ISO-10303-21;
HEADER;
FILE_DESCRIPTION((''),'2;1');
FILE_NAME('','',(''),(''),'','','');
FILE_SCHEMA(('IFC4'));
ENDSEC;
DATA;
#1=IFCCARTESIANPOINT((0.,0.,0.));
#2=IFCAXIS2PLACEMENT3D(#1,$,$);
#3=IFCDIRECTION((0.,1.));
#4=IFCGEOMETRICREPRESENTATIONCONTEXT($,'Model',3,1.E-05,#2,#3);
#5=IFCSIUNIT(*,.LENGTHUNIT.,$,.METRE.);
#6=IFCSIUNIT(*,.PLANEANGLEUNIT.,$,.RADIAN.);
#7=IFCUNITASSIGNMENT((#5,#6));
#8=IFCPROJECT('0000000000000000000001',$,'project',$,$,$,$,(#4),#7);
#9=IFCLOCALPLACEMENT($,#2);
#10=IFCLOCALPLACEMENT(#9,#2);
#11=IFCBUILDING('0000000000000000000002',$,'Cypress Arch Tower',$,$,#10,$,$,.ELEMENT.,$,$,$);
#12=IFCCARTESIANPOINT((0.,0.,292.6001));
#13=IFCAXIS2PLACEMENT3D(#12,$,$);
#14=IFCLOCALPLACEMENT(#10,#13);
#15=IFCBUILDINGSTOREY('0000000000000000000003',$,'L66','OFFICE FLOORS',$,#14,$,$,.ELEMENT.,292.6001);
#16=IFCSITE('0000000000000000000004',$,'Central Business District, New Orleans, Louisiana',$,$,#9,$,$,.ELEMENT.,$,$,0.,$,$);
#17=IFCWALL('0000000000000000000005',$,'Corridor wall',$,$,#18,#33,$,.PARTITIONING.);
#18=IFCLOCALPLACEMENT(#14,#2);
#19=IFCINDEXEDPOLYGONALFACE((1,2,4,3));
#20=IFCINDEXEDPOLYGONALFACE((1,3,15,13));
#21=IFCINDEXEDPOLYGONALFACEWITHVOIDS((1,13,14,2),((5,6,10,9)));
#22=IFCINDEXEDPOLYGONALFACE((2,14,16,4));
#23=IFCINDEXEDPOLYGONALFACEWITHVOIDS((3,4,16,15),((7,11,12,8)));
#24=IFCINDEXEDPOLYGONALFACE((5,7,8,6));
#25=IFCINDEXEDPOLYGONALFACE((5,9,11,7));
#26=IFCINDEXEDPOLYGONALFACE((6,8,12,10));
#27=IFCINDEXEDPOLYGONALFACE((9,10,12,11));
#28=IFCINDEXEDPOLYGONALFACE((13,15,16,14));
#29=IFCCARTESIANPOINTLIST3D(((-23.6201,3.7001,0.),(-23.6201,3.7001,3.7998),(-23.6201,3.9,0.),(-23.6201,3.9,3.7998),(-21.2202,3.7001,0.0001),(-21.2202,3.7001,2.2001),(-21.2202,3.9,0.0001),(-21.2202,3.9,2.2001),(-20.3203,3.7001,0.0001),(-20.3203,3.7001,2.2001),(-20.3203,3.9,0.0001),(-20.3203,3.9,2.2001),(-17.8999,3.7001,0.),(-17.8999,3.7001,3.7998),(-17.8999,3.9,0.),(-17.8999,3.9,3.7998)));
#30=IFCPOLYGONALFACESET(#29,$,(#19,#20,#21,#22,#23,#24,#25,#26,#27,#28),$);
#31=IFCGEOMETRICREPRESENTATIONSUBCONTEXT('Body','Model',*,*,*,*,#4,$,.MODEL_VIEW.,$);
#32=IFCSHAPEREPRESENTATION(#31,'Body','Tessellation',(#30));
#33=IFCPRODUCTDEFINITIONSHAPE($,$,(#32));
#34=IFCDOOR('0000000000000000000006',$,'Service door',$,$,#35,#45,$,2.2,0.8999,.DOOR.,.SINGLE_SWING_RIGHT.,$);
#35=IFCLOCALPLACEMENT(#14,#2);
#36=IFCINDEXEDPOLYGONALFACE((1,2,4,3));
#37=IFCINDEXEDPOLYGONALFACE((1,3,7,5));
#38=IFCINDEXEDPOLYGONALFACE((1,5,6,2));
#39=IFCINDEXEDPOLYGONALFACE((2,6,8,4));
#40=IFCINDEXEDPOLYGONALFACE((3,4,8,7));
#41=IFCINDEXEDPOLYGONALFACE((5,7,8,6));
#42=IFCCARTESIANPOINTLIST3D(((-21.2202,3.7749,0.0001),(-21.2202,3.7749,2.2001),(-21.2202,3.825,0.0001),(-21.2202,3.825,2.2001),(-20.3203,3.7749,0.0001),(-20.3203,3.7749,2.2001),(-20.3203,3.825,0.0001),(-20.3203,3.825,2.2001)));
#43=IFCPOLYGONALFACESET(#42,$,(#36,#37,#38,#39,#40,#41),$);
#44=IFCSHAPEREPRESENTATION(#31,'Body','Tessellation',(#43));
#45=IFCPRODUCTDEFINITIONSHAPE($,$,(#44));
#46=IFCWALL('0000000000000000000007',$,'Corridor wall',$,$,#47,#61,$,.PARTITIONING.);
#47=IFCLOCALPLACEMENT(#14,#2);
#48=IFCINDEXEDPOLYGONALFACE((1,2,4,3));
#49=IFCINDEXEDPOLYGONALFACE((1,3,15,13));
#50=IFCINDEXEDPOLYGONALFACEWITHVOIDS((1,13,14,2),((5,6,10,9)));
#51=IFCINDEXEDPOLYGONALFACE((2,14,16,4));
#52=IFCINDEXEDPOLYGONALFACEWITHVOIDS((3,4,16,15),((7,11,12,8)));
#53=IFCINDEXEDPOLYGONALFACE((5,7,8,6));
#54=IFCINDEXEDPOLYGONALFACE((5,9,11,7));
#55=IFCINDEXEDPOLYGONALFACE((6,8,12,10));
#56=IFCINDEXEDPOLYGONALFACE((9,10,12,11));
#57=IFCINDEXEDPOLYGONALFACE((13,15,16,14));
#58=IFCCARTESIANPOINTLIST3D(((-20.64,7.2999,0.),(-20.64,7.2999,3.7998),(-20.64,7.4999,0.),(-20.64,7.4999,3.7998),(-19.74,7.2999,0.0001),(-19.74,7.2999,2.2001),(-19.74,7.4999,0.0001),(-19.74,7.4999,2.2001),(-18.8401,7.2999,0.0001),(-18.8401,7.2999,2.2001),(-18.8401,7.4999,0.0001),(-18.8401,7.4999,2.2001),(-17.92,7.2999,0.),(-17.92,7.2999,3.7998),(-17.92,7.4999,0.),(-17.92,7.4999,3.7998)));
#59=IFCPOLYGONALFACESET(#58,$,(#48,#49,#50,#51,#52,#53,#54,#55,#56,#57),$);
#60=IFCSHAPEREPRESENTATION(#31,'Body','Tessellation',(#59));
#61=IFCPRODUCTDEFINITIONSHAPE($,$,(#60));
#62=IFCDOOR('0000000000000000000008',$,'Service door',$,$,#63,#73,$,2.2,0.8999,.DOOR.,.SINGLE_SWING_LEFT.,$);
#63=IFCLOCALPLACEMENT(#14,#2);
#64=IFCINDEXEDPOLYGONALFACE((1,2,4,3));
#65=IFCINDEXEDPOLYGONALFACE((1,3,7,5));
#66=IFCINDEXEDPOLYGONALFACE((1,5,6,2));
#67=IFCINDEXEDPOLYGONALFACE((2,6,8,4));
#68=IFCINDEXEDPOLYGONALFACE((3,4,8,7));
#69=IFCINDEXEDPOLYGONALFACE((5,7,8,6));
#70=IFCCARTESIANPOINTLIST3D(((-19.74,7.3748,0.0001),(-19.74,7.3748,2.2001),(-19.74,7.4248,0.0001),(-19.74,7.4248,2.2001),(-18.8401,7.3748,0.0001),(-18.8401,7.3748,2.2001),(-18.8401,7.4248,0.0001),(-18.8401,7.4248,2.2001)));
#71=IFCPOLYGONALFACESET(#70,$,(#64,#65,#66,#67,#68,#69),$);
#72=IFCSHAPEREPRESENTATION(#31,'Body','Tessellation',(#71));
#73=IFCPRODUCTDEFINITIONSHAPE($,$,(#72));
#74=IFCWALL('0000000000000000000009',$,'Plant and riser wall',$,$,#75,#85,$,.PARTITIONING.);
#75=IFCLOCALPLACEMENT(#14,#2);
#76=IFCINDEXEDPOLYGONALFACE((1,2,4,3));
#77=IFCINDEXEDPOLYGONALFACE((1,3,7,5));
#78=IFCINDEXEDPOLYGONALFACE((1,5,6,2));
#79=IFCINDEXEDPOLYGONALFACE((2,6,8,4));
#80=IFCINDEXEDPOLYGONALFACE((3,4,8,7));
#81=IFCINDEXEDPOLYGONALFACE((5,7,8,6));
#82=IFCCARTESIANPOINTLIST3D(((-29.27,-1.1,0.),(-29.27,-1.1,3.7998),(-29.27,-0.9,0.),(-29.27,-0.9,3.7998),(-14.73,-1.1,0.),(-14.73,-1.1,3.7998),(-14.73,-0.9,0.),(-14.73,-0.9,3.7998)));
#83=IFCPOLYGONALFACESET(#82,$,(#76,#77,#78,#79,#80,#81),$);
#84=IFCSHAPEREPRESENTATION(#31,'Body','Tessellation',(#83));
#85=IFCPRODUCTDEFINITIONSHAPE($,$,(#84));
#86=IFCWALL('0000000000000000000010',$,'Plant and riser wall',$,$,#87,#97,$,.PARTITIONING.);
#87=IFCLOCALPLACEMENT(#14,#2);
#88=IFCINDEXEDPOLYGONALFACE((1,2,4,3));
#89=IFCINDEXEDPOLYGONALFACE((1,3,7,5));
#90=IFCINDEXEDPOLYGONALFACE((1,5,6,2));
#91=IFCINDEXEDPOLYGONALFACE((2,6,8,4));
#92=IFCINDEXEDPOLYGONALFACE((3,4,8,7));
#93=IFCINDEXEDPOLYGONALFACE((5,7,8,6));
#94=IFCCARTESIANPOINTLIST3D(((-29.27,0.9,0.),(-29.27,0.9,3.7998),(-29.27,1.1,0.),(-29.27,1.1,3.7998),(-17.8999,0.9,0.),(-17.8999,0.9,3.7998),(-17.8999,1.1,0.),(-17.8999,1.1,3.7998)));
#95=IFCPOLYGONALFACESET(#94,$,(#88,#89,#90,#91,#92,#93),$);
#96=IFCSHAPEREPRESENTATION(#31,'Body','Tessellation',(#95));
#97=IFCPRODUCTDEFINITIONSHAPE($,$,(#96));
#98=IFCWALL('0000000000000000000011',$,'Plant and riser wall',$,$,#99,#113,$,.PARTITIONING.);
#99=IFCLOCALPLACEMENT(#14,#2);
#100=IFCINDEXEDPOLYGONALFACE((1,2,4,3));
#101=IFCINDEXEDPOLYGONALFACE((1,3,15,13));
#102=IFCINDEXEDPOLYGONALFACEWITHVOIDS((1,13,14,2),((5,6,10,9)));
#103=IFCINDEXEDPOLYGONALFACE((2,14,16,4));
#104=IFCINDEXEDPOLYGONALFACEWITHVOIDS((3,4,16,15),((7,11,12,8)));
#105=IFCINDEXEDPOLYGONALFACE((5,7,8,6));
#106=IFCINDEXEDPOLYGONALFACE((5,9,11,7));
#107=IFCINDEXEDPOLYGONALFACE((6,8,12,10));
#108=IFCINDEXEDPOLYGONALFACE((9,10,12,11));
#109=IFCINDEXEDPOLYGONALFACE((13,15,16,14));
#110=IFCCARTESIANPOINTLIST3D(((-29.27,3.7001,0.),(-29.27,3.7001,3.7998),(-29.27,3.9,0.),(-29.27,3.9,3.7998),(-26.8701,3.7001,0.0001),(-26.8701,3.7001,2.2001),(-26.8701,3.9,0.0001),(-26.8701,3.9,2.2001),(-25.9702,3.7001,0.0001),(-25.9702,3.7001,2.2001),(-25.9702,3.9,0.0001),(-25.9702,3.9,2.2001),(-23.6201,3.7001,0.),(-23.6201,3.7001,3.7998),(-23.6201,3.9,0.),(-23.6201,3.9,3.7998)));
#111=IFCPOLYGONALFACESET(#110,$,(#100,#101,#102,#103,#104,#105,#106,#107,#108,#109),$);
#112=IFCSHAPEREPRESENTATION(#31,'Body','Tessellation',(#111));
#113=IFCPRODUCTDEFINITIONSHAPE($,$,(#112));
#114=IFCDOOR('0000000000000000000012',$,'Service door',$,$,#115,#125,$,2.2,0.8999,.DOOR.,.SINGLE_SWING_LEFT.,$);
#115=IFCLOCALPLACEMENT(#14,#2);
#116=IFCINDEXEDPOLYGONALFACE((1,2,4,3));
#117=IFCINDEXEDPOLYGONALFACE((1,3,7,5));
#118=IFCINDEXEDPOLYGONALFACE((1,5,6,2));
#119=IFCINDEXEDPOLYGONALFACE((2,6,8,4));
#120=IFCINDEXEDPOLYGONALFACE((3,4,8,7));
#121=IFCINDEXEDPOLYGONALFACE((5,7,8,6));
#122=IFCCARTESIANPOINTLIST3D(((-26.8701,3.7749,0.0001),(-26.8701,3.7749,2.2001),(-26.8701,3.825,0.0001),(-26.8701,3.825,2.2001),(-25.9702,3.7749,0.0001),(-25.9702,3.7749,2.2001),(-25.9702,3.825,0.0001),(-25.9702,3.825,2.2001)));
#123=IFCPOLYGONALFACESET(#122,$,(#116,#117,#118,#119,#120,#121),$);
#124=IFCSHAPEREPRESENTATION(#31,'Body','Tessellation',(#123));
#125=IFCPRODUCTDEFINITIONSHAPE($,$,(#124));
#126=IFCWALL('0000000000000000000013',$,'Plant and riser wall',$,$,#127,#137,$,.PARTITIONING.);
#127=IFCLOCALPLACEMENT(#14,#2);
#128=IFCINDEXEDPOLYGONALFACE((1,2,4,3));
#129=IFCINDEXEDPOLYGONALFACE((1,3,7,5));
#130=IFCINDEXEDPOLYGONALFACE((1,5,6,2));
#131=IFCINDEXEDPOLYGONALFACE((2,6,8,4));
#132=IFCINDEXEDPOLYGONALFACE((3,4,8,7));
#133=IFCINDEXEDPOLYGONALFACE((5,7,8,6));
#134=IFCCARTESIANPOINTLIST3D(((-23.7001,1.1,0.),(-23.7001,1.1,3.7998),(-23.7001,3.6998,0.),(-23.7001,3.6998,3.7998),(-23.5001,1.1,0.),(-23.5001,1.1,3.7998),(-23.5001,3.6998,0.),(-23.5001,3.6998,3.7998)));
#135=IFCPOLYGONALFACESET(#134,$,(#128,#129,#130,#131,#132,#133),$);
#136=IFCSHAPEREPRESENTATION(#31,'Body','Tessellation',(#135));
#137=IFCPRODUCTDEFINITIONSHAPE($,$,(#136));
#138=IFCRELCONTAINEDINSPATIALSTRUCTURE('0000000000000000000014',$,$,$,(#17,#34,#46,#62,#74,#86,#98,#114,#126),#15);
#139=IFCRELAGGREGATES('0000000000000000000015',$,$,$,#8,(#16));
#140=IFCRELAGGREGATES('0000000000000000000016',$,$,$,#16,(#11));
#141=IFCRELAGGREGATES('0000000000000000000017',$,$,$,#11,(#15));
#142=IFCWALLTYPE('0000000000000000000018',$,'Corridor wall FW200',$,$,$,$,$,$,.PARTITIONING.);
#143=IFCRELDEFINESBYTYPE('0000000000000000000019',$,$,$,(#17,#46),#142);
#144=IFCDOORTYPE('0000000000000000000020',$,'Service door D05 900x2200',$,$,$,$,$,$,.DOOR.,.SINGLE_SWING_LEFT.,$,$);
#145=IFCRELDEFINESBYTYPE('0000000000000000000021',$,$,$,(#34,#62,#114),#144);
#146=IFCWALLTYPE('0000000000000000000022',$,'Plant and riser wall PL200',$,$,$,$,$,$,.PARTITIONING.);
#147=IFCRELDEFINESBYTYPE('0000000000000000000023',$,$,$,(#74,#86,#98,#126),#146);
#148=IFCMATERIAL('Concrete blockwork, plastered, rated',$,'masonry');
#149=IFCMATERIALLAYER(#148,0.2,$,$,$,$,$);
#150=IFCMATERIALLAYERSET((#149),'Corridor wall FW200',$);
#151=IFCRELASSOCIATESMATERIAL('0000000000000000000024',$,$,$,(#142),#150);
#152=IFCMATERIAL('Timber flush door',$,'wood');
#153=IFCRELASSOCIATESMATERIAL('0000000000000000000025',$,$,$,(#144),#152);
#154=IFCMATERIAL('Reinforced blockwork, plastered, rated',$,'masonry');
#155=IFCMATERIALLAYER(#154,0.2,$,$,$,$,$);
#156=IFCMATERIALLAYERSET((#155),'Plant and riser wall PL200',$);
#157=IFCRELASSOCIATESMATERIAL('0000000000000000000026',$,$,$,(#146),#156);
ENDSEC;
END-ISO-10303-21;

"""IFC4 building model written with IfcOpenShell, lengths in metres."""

from ifc_helpers import new_model, si_unit, direction, frame, frame_2d, origin, place, context, subcontext, project, spatial, rectangle, extrude, material, layer, layer_set, type_object, element, fill, save


model = new_model("IFC4")

# Units and contexts
model_context = context("Model", 3, precision=1e-05, world=origin(), true_north=direction((0.0, 1.0)))
body_context = subcontext(model_context, "Body", "Model", "MODEL_VIEW")
ifc_project = project(units=[si_unit("LENGTHUNIT", "METRE"), si_unit("PLANEANGLEUNIT", "RADIAN")], contexts=[model_context])

# Site, building, storey
site_placement = place(None, origin())
site = spatial("IfcSite", under=ifc_project, at=site_placement, Name="Central Business District, New Orleans, Louisiana", CompositionType="ELEMENT", RefElevation=0.0)
building_placement = place(site_placement, origin())
building = spatial("IfcBuilding", under=site, at=building_placement, Name="Cypress Arch Tower", CompositionType="ELEMENT")
storey_placement = place(building_placement, frame((0.0, 0.0, 292.6001)))
storey = spatial("IfcBuildingStorey", under=building, at=storey_placement, Name="L66", Description="OFFICE FLOORS", CompositionType="ELEMENT", Elevation=292.6001)

# Walls, openings, doors
ifc_material_1 = material(Name="Concrete blockwork, plastered, rated", Category="masonry")
ifc_layer_1 = layer(ifc_material_1, 0.2)
ifc_layer_set_1 = layer_set([ifc_layer_1], Name="Corridor wall FW200")
wall_type_1 = type_object("IfcWallType", Name="Corridor wall FW200", PredefinedType="PARTITIONING", material=ifc_layer_set_1)
wall_1_placement = place(storey_placement, frame((-23.6201, 3.8, 0.0), z_axis=(0.0, 0.0, 1.0), x_axis=(1.0, 0.0, 0.0)))
wall_1 = element("IfcWall", 1, at=wall_1_placement, inside=storey, type_object=wall_type_1, Name="Corridor wall", PredefinedType="PARTITIONING", context=body_context, shape_type="SweptSolid", body=[
    extrude(rectangle(XDim=5.7202, YDim=0.2, at=frame_2d((2.8601, 0.0))), origin(), (0.0, 0.0, 1.0), 3.7998),
])
opening_1_placement = place(wall_1_placement, frame((2.3999, 0.0, 0.0)))
opening_1 = element("IfcOpeningElement", 2, at=opening_1_placement, cuts=wall_1, PredefinedType="OPENING", context=body_context, shape_type="SweptSolid", body=[
    extrude(rectangle(XDim=0.8999, YDim=2.2, at=frame_2d((0.45, 1.1001))), frame((0.0, 0.1099, 0.0), z_axis=(0.0, -1.0, 0.0), x_axis=(1.0, 0.0, 0.0)), (0.0, 0.0, 1.0), 0.22),
])
ifc_material_2 = material(Name="Timber flush door", Category="wood")
door_type_1 = type_object("IfcDoorType", Name="Service door D05 900x2200", OperationType="SINGLE_SWING_LEFT", PredefinedType="DOOR", material=ifc_material_2)
door_1_placement = place(opening_1_placement, origin())
door_1 = element("IfcDoor", 3, at=door_1_placement, inside=storey, type_object=door_type_1, Name="Service door", OperationType="SINGLE_SWING_RIGHT", OverallHeight=2.2, OverallWidth=0.8999, PredefinedType="DOOR", context=body_context, shape_type="SweptSolid", body=[
    extrude(rectangle(XDim=0.8999, YDim=2.2, at=frame_2d((0.45, 1.1001))), frame((0.0, 0.0249, 0.0), z_axis=(0.0, -1.0, 0.0), x_axis=(1.0, 0.0, 0.0)), (0.0, 0.0, 1.0), 0.05),
])
fill(opening_1, door_1)
wall_2_placement = place(storey_placement, frame((-20.6399, 7.3999, 0.0), z_axis=(0.0, 0.0, 1.0), x_axis=(1.0, 0.0, 0.0)))
wall_2 = element("IfcWall", 4, at=wall_2_placement, inside=storey, type_object=wall_type_1, Name="Corridor wall", PredefinedType="PARTITIONING", context=body_context, shape_type="SweptSolid", body=[
    extrude(rectangle(XDim=2.72, YDim=0.2, at=frame_2d((1.3599, 0.0))), origin(), (0.0, 0.0, 1.0), 3.7998),
])
opening_2_placement = place(wall_2_placement, frame((0.8999, 0.0, 0.0)))
opening_2 = element("IfcOpeningElement", 5, at=opening_2_placement, cuts=wall_2, PredefinedType="OPENING", context=body_context, shape_type="SweptSolid", body=[
    extrude(rectangle(XDim=0.8999, YDim=2.2, at=frame_2d((0.45, 1.1001))), frame((0.0, 0.1099, 0.0), z_axis=(0.0, -1.0, 0.0), x_axis=(1.0, 0.0, 0.0)), (0.0, 0.0, 1.0), 0.22),
])
door_2_placement = place(opening_2_placement, origin())
door_2 = element("IfcDoor", 6, at=door_2_placement, inside=storey, type_object=door_type_1, Name="Service door", OperationType="SINGLE_SWING_LEFT", OverallHeight=2.2, OverallWidth=0.8999, PredefinedType="DOOR", context=body_context, shape_type="SweptSolid", body=[
    extrude(rectangle(XDim=0.8999, YDim=2.2, at=frame_2d((0.45, 1.1001))), frame((0.0, 0.0249, 0.0), z_axis=(0.0, -1.0, 0.0), x_axis=(1.0, 0.0, 0.0)), (0.0, 0.0, 1.0), 0.05),
])
fill(opening_2, door_2)

# Walls
ifc_material_3 = material(Name="Reinforced blockwork, plastered, rated", Category="masonry")
ifc_layer_2 = layer(ifc_material_3, 0.2)
ifc_layer_set_2 = layer_set([ifc_layer_2], Name="Plant and riser wall PL200")
wall_type_2 = type_object("IfcWallType", Name="Plant and riser wall PL200", PredefinedType="PARTITIONING", material=ifc_layer_set_2)
wall_3_placement = place(storey_placement, frame((-29.27, -1.0, 0.0), z_axis=(0.0, 0.0, 1.0), x_axis=(1.0, 0.0, 0.0)))
element("IfcWall", 7, at=wall_3_placement, inside=storey, type_object=wall_type_2, Name="Plant and riser wall", PredefinedType="PARTITIONING", context=body_context, shape_type="SweptSolid", body=[
    extrude(rectangle(XDim=14.54, YDim=0.2, at=frame_2d((7.27, 0.0))), origin(), (0.0, 0.0, 1.0), 3.7998),
])
wall_4_placement = place(storey_placement, frame((-29.27, 1.0, 0.0), z_axis=(0.0, 0.0, 1.0), x_axis=(1.0, 0.0, 0.0)))
element("IfcWall", 8, at=wall_4_placement, inside=storey, type_object=wall_type_2, Name="Plant and riser wall", PredefinedType="PARTITIONING", context=body_context, shape_type="SweptSolid", body=[
    extrude(rectangle(XDim=11.3701, YDim=0.2, at=frame_2d((5.6851, 0.0))), origin(), (0.0, 0.0, 1.0), 3.7998),
])

# Wall, opening, door
wall_5_placement = place(storey_placement, frame((-29.27, 3.8, 0.0), z_axis=(0.0, 0.0, 1.0), x_axis=(1.0, 0.0, 0.0)))
wall_5 = element("IfcWall", 9, at=wall_5_placement, inside=storey, type_object=wall_type_2, Name="Plant and riser wall", PredefinedType="PARTITIONING", context=body_context, shape_type="SweptSolid", body=[
    extrude(rectangle(XDim=5.6499, YDim=0.2, at=frame_2d((2.825, 0.0))), origin(), (0.0, 0.0, 1.0), 3.7998),
])
opening_3_placement = place(wall_5_placement, frame((2.3999, 0.0, 0.0)))
opening_3 = element("IfcOpeningElement", 10, at=opening_3_placement, cuts=wall_5, PredefinedType="OPENING", context=body_context, shape_type="SweptSolid", body=[
    extrude(rectangle(XDim=0.8999, YDim=2.2, at=frame_2d((0.45, 1.1001))), frame((0.0, 0.1099, 0.0), z_axis=(0.0, -1.0, 0.0), x_axis=(1.0, 0.0, 0.0)), (0.0, 0.0, 1.0), 0.22),
])
door_3_placement = place(opening_3_placement, origin())
door_3 = element("IfcDoor", 11, at=door_3_placement, inside=storey, type_object=door_type_1, Name="Service door", OperationType="SINGLE_SWING_LEFT", OverallHeight=2.2, OverallWidth=0.8999, PredefinedType="DOOR", context=body_context, shape_type="SweptSolid", body=[
    extrude(rectangle(XDim=0.8999, YDim=2.2, at=frame_2d((0.45, 1.1001))), frame((0.0, 0.0249, 0.0), z_axis=(0.0, -1.0, 0.0), x_axis=(1.0, 0.0, 0.0)), (0.0, 0.0, 1.0), 0.05),
])
fill(opening_3, door_3)

# Wall
wall_6_placement = place(storey_placement, frame((-23.6001, 1.1001, 0.0), z_axis=(0.0, 0.0, 1.0), x_axis=(0.0, 1.0, 0.0)))
element("IfcWall", 12, at=wall_6_placement, inside=storey, type_object=wall_type_2, Name="Plant and riser wall", PredefinedType="PARTITIONING", context=body_context, shape_type="SweptSolid", body=[
    extrude(rectangle(XDim=2.5999, YDim=0.2, at=frame_2d((1.2998, 0.0))), origin(), (0.0, 0.0, 1.0), 3.7998),
])

save(model, "model.ifc")
